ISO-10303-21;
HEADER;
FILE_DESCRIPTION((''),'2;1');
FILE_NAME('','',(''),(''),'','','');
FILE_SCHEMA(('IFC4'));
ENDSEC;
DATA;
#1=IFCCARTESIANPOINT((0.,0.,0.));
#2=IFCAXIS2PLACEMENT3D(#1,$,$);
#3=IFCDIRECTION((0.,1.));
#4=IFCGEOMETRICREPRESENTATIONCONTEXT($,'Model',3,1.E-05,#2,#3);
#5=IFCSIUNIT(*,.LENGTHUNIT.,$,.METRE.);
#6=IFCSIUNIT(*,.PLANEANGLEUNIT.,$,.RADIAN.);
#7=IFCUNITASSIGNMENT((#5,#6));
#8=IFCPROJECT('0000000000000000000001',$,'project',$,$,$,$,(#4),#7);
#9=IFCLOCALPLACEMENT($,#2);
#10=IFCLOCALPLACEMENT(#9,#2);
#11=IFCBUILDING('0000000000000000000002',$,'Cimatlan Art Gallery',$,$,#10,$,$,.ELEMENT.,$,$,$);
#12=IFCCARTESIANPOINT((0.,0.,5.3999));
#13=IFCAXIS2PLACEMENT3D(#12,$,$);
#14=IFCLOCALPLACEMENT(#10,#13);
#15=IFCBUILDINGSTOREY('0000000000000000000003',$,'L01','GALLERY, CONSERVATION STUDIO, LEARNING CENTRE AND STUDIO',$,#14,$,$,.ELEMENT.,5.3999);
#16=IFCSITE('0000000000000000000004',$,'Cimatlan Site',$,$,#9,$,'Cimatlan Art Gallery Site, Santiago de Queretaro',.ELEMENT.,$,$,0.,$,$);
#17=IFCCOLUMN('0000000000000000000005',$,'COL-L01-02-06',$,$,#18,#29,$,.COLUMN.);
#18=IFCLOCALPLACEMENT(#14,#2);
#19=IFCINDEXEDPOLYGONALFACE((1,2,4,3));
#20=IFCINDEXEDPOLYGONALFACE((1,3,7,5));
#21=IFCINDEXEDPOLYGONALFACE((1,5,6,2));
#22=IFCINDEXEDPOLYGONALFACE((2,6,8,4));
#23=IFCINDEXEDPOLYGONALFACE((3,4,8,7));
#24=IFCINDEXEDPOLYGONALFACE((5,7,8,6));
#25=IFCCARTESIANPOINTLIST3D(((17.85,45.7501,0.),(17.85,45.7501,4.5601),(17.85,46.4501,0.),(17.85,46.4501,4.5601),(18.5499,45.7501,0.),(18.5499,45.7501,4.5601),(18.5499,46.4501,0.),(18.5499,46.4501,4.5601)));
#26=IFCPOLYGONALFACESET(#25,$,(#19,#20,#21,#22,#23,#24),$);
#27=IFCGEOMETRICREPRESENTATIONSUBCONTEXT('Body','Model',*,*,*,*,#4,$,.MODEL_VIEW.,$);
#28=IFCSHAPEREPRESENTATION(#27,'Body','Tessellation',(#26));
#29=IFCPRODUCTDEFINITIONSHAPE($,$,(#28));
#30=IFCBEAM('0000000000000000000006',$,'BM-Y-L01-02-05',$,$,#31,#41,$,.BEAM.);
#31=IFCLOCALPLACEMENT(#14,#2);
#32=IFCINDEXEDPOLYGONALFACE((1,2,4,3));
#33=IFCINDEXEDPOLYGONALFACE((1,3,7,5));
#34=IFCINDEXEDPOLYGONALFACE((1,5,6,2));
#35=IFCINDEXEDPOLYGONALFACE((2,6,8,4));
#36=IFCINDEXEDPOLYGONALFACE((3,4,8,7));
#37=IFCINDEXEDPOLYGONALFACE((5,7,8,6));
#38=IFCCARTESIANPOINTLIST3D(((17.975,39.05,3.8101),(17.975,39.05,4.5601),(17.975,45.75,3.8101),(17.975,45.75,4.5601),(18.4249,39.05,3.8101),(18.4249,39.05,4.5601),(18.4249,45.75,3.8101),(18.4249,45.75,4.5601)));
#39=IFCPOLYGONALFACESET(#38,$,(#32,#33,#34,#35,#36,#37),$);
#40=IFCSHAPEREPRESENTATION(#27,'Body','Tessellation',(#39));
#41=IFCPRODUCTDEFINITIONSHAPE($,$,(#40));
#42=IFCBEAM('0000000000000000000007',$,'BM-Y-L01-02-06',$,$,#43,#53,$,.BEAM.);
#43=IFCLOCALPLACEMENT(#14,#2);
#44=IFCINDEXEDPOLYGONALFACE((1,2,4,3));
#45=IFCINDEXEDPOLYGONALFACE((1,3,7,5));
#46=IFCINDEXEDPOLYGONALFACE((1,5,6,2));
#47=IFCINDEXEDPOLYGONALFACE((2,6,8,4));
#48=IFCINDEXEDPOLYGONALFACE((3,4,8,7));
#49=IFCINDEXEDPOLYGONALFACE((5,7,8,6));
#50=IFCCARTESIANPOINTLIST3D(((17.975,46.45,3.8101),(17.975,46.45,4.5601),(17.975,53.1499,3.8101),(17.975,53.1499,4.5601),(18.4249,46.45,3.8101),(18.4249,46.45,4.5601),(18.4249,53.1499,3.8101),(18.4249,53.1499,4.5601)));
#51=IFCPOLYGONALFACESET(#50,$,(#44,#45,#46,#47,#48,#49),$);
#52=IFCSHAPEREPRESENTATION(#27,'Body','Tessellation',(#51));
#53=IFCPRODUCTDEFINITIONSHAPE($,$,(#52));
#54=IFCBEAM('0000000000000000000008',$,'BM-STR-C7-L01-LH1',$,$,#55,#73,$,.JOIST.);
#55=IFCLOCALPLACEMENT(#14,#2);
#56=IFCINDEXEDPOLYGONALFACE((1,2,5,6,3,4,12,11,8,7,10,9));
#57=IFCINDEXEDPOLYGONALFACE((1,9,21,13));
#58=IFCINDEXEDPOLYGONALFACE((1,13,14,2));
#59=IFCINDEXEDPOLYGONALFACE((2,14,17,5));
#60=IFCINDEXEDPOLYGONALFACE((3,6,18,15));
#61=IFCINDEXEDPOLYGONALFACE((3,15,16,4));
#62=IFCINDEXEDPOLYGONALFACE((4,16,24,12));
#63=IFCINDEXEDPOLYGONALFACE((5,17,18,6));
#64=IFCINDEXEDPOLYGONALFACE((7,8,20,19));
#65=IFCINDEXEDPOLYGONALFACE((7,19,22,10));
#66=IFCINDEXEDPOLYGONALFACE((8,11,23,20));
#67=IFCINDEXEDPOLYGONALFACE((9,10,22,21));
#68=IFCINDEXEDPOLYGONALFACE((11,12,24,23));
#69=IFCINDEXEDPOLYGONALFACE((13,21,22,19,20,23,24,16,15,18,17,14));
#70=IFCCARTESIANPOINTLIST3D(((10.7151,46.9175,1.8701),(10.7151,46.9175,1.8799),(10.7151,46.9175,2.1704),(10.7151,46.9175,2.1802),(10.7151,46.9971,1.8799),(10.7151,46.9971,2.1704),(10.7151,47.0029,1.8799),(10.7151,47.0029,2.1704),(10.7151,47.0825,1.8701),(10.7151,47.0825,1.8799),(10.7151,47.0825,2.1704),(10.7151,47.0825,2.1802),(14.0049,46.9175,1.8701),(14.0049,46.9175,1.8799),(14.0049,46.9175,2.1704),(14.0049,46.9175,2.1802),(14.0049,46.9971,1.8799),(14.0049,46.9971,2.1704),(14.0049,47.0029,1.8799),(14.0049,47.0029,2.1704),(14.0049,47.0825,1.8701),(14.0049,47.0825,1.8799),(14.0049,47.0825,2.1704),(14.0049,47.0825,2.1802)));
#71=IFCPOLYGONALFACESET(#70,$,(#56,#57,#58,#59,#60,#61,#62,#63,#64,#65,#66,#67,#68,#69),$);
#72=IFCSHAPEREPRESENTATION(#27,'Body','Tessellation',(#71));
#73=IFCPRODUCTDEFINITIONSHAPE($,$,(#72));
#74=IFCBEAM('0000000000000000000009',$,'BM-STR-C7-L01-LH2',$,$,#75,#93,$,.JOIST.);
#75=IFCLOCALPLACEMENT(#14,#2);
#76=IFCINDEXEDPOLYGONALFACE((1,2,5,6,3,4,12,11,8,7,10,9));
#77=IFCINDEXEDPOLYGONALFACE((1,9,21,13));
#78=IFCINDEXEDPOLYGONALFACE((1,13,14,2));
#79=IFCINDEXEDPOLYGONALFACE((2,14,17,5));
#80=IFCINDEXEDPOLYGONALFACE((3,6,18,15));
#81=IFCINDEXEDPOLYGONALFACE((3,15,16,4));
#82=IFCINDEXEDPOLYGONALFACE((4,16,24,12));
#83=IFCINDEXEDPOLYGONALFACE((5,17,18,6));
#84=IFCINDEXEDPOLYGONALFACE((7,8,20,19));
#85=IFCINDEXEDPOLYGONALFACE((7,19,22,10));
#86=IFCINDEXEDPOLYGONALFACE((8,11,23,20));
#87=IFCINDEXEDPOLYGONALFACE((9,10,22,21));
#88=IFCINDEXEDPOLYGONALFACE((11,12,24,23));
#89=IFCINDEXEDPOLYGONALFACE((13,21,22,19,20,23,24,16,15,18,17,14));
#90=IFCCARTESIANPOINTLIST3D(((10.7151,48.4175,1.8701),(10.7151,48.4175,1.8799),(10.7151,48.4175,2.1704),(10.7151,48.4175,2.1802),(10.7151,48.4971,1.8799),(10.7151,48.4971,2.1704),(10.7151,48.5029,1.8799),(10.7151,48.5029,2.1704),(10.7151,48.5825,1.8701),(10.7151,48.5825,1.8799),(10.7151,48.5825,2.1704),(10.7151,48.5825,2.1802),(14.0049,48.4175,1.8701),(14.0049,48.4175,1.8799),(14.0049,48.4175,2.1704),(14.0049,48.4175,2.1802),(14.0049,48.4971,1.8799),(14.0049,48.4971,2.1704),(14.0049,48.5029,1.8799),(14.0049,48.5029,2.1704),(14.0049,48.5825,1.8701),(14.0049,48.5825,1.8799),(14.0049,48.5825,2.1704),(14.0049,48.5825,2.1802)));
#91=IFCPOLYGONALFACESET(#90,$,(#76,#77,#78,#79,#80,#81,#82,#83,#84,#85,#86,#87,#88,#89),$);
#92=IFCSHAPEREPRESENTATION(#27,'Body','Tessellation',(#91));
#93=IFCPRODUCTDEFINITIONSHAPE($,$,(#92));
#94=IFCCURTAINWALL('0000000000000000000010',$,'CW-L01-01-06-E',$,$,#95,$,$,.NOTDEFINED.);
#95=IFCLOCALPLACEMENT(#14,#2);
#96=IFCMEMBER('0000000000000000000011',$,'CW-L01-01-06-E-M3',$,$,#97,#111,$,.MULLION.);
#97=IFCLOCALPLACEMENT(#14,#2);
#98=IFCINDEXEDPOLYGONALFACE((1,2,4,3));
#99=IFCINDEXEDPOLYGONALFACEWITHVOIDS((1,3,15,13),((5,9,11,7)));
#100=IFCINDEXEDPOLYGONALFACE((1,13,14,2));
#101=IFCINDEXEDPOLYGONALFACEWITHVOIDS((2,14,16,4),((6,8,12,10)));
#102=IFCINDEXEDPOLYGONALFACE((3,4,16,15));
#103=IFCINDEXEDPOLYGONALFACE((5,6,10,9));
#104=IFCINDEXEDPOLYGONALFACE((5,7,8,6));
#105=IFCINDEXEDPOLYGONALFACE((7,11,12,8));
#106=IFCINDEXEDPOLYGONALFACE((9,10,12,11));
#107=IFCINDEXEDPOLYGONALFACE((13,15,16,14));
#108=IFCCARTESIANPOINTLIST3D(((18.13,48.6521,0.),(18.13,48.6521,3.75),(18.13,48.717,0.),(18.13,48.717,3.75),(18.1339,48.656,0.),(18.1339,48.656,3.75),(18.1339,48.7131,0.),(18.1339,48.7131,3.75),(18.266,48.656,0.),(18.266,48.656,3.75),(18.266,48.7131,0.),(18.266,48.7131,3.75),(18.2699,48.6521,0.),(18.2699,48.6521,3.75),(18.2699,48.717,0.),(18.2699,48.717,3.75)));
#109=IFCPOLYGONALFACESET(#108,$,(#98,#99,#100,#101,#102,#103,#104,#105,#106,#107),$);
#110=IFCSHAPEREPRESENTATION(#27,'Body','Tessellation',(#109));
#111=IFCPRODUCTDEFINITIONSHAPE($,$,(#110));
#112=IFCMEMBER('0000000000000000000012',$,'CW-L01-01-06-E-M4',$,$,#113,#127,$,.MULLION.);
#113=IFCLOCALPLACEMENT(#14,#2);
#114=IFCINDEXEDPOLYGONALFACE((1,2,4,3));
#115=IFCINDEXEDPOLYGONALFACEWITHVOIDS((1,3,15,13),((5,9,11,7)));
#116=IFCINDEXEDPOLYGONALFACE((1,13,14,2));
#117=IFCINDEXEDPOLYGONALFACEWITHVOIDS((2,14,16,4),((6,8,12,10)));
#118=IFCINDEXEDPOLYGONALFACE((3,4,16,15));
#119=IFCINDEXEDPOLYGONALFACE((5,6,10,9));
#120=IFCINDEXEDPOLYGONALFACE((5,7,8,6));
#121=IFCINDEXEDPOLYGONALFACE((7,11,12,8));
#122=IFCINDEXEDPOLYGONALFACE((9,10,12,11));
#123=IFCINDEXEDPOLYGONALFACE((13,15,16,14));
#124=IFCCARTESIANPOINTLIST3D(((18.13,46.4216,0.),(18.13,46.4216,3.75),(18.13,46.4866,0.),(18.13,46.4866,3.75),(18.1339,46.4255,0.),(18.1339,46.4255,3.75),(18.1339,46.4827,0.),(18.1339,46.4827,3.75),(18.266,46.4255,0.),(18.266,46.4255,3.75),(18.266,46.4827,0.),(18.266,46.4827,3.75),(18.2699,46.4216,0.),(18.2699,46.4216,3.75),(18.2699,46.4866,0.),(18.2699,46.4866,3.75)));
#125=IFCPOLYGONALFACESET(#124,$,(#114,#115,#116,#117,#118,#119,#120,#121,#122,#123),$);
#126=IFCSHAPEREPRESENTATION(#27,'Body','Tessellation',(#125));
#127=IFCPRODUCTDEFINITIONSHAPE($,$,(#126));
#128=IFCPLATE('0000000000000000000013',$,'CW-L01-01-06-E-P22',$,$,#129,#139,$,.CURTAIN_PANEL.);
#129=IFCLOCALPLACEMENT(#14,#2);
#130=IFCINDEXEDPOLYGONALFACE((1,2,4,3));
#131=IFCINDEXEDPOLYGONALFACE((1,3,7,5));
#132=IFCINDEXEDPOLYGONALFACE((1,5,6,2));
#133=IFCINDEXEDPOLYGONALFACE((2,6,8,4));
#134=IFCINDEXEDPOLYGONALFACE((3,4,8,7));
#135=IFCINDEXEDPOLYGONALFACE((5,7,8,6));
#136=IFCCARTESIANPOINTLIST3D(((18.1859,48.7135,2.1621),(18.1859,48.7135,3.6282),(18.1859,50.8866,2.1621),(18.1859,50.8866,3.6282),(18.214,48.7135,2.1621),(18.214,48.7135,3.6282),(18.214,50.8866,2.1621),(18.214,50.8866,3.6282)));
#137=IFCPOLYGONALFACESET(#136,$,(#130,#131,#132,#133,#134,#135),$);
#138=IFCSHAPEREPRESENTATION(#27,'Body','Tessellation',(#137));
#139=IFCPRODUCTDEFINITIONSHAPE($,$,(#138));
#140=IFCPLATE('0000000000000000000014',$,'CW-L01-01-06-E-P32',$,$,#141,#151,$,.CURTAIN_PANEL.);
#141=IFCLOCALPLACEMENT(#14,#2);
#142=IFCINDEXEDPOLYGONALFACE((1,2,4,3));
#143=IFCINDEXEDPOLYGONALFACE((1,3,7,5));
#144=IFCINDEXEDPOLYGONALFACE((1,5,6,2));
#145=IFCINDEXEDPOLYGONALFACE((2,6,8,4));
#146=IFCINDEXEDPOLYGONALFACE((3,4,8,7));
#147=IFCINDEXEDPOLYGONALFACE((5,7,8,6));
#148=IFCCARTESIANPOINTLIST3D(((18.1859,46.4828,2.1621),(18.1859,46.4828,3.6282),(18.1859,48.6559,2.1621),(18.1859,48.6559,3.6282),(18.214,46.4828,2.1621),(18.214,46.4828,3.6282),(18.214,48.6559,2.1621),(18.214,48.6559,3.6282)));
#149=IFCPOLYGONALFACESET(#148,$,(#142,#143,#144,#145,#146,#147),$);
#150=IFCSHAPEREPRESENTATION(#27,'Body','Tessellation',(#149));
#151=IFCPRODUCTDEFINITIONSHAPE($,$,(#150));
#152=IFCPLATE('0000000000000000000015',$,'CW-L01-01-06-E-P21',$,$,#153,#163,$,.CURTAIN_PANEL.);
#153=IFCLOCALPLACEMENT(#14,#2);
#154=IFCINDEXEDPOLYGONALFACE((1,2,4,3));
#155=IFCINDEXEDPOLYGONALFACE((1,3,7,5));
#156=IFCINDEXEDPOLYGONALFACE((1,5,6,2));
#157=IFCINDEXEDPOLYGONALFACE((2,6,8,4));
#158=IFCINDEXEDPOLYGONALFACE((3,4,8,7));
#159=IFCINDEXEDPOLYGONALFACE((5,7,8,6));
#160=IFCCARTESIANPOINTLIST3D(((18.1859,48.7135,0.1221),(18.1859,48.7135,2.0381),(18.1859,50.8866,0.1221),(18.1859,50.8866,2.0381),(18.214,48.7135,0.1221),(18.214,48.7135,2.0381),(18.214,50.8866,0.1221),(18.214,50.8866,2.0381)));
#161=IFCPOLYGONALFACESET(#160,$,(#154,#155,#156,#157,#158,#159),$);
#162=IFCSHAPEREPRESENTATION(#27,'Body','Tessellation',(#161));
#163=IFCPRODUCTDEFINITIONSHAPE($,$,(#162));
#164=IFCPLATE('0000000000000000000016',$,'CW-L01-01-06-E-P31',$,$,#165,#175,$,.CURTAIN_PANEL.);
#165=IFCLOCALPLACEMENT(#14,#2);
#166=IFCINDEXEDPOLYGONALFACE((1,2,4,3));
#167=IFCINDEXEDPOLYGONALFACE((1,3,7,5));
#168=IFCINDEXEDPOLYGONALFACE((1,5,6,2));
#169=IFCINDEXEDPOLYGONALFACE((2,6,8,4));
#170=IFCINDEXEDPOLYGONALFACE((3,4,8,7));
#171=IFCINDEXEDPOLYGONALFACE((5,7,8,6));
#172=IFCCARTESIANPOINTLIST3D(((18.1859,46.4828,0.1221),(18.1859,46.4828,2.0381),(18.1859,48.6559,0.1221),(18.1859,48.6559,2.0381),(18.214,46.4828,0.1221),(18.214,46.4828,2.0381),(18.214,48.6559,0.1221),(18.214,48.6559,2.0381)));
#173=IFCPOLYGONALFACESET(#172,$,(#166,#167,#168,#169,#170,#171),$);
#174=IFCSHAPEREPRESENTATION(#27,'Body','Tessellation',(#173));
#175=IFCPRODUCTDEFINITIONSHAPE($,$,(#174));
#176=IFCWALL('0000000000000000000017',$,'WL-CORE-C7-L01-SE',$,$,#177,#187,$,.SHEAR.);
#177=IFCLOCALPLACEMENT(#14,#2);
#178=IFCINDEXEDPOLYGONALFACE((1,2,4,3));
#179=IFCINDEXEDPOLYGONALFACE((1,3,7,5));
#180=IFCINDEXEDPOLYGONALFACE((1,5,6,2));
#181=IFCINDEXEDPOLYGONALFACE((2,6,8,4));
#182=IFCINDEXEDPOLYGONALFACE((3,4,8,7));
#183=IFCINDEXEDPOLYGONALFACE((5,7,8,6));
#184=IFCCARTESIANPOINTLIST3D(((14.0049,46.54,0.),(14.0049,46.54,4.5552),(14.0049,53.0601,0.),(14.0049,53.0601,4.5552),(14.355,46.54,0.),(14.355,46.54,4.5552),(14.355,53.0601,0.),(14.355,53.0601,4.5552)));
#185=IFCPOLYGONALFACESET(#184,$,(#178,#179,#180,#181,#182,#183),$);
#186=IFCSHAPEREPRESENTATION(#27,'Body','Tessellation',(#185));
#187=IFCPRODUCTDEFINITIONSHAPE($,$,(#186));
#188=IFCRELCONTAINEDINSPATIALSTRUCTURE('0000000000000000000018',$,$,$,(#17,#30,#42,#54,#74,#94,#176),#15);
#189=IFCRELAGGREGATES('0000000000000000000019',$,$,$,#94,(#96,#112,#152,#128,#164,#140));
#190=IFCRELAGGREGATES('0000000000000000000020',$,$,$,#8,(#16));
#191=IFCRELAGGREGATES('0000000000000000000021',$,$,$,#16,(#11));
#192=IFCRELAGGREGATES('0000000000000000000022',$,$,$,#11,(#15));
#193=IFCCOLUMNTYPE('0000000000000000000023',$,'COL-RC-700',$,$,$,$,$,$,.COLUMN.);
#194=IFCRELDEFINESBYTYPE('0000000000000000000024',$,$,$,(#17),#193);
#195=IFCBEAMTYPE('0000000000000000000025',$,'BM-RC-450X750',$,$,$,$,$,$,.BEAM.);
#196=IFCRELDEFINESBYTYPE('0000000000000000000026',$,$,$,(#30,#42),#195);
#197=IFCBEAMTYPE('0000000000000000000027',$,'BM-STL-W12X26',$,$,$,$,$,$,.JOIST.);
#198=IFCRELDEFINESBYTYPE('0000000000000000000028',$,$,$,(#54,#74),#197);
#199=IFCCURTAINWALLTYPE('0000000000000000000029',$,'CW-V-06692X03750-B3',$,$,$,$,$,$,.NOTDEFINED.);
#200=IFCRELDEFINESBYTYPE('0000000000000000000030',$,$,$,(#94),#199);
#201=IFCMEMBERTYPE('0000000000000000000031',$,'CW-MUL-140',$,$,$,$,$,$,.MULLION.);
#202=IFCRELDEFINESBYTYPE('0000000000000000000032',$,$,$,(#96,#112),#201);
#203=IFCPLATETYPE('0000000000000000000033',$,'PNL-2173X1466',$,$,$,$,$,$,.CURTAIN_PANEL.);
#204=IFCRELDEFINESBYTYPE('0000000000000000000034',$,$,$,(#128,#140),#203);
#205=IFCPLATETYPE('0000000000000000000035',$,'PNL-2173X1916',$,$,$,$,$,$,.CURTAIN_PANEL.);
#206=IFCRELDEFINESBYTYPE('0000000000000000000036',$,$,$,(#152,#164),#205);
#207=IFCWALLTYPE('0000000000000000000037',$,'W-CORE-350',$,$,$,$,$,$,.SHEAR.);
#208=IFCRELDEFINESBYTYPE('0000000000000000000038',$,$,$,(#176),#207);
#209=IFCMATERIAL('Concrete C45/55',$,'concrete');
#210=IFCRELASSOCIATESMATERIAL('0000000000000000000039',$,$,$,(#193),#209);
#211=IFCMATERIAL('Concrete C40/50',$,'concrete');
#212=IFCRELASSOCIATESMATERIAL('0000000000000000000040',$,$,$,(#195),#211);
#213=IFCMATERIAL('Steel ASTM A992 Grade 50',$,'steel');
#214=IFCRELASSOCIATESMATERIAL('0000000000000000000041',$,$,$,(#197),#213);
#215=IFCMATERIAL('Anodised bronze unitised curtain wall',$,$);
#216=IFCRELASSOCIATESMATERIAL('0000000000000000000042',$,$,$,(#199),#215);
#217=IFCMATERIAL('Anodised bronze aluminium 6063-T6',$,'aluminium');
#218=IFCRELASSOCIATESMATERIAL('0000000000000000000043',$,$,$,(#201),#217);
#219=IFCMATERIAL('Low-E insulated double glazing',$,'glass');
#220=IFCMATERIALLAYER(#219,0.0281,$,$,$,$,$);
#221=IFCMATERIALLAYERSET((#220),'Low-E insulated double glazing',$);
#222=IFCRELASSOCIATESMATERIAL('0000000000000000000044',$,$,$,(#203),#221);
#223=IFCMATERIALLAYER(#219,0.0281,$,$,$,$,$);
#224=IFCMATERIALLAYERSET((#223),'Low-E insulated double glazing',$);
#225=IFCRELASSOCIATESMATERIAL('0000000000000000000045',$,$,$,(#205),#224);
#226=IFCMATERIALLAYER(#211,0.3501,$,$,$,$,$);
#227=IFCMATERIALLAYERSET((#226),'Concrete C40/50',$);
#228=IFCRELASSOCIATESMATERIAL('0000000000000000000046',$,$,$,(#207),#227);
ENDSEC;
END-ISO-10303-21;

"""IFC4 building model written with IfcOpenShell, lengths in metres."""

from ifc_helpers import new_model, si_unit, direction, frame, frame_2d, origin, origin_2d, place, context, subcontext, project, spatial, rectangle, hollow_rectangle, i_section, extrude, material, layer, layer_set, material_profile, profile_set, type_object, element, aggregate, save


model = new_model("IFC4")

# Units and contexts
model_context = context("Model", 3, precision=1e-05, world=origin(), true_north=direction((0.0, 1.0)))
body_context = subcontext(model_context, "Body", "Model", "MODEL_VIEW")
ifc_project = project(units=[si_unit("LENGTHUNIT", "METRE"), si_unit("PLANEANGLEUNIT", "RADIAN")], contexts=[model_context])

# Site, building, storey
site_placement = place(None, origin())
site = spatial("IfcSite", under=ifc_project, at=site_placement, Name="Cimatlan Site", LongName="Cimatlan Art Gallery Site, Santiago de Queretaro", CompositionType="ELEMENT", RefElevation=0.0)
building_placement = place(site_placement, origin())
building = spatial("IfcBuilding", under=site, at=building_placement, Name="Cimatlan Art Gallery", CompositionType="ELEMENT")
storey_placement = place(building_placement, frame((0.0, 0.0, 5.3999)))
storey = spatial("IfcBuildingStorey", under=building, at=storey_placement, Name="L01", Description="GALLERY, CONSERVATION STUDIO, LEARNING CENTRE AND STUDIO", CompositionType="ELEMENT", Elevation=5.3999)

# Column
ifc_material_1 = material(Name="Concrete C45/55", Category="concrete")
ifc_material_profile_1 = material_profile(ifc_material_1, rectangle(XDim=0.7, YDim=0.7, at=origin_2d()), Name="RC700X700")
ifc_profile_set_1 = profile_set([ifc_material_profile_1], Name="Concrete C45/55")
column_type = type_object("IfcColumnType", Name="COL-RC-700", PredefinedType="COLUMN", material=ifc_profile_set_1)
column_placement = place(storey_placement, frame((18.2, 46.1001, 0.0), z_axis=(0.0, 0.0, 1.0), x_axis=(1.0, 0.0, 0.0)))
element("IfcColumn", 1, at=column_placement, inside=storey, type_object=column_type, Name="COL-L01-02-06", PredefinedType="COLUMN", context=body_context, shape_type="SweptSolid", body=[
    extrude(rectangle(XDim=0.7, YDim=0.7, at=origin_2d()), origin(), (0.0, 0.0, 1.0), 4.5601),
])

# Beams
ifc_material_2 = material(Name="Concrete C40/50", Category="concrete")
ifc_material_profile_2 = material_profile(ifc_material_2, rectangle(XDim=0.45, YDim=0.75, at=origin_2d()), Name="RC450X750")
ifc_profile_set_2 = profile_set([ifc_material_profile_2], Name="Concrete C40/50")
beam_type_1 = type_object("IfcBeamType", Name="BM-RC-450X750", PredefinedType="BEAM", material=ifc_profile_set_2)
for number, where, z_axis, x_axis, name in (
    (2, (18.2, 39.05, 4.1851), (0.0, 1.0, 0.0), (-1.0, 0.0, 0.0), "BM-Y-L01-02-05"),
    (3, (18.2, 46.45, 4.1851), (0.0, 1.0, 0.0), (-1.0, 0.0, 0.0), "BM-Y-L01-02-06"),
):
    element("IfcBeam", number, at=place(storey_placement, frame(where, z_axis=z_axis, x_axis=x_axis)), inside=storey, type_object=beam_type_1, Name=name, PredefinedType="BEAM", context=body_context, shape_type="SweptSolid", body=[
        extrude(rectangle(XDim=0.45, YDim=0.75, at=origin_2d()), origin(), (0.0, 0.0, 1.0), 6.7),
    ])
ifc_material_3 = material(Name="Steel ASTM A992 Grade 50", Category="steel")
ifc_material_profile_3 = material_profile(ifc_material_3, i_section(OverallWidth=0.165, OverallDepth=0.3101, WebThickness=0.0059, FlangeThickness=0.0098, at=origin_2d()), Name="W12X26")
ifc_profile_set_3 = profile_set([ifc_material_profile_3], Name="Steel ASTM A992 Grade 50")
beam_type_2 = type_object("IfcBeamType", Name="BM-STL-W12X26", PredefinedType="JOIST", material=ifc_profile_set_3)
for number, where, z_axis, x_axis, name in (
    (4, (10.7151, 47.0, 2.0251), (1.0, 0.0, 0.0), (0.0, 1.0, 0.0), "BM-STR-C7-L01-LH1"),
    (5, (10.7151, 48.5, 2.0251), (1.0, 0.0, 0.0), (0.0, 1.0, 0.0), "BM-STR-C7-L01-LH2"),
):
    element("IfcBeam", number, at=place(storey_placement, frame(where, z_axis=z_axis, x_axis=x_axis)), inside=storey, type_object=beam_type_2, Name=name, PredefinedType="JOIST", context=body_context, shape_type="SweptSolid", body=[
        extrude(i_section(OverallWidth=0.165, OverallDepth=0.3101, WebThickness=0.0059, FlangeThickness=0.0098, at=origin_2d()), origin(), (0.0, 0.0, 1.0), 3.2898),
    ])

# Curtain wall, members, plates
ifc_material_4 = material(Name="Anodised bronze unitised curtain wall")
curtain_wall_type = type_object("IfcCurtainWallType", Name="CW-V-06692X03750-B3", PredefinedType="NOTDEFINED", material=ifc_material_4)
curtain_wall_placement = place(storey_placement, origin())
curtain_wall = element("IfcCurtainWall", 6, at=curtain_wall_placement, inside=storey, type_object=curtain_wall_type, Name="CW-L01-01-06-E", PredefinedType="NOTDEFINED")
ifc_material_5 = material(Name="Anodised bronze aluminium 6063-T6", Category="aluminium")
ifc_material_profile_4 = material_profile(ifc_material_5, hollow_rectangle(XDim=0.0649, YDim=0.1399, WallThickness=0.0039, at=origin_2d()), Name="ALU65X140X4")
ifc_profile_set_4 = profile_set([ifc_material_profile_4], Name="Anodised bronze aluminium 6063-T6")
member_type = type_object("IfcMemberType", Name="CW-MUL-140", PredefinedType="MULLION", material=ifc_profile_set_4)
member_1_placement = place(storey_placement, frame((18.2, 48.6846, 0.0), z_axis=(0.0, 0.0, 1.0), x_axis=(0.0, 1.0, 0.0)))
member_1 = element("IfcMember", 7, at=member_1_placement, type_object=member_type, Name="CW-L01-01-06-E-M3", PredefinedType="MULLION", context=body_context, shape_type="SweptSolid", body=[
    extrude(hollow_rectangle(XDim=0.0649, YDim=0.1399, WallThickness=0.0039, at=origin_2d()), origin(), (0.0, 0.0, 1.0), 3.75),
])
member_2_placement = place(storey_placement, frame((18.2, 46.4541, 0.0), z_axis=(0.0, 0.0, 1.0), x_axis=(0.0, 1.0, 0.0)))
member_2 = element("IfcMember", 8, at=member_2_placement, type_object=member_type, Name="CW-L01-01-06-E-M4", PredefinedType="MULLION", context=body_context, shape_type="SweptSolid", body=[
    extrude(hollow_rectangle(XDim=0.0649, YDim=0.1399, WallThickness=0.0039, at=origin_2d()), origin(), (0.0, 0.0, 1.0), 3.75),
])
ifc_material_6 = material(Name="Low-E insulated double glazing", Category="glass")
ifc_layer_1 = layer(ifc_material_6, 0.0281)
ifc_layer_set_1 = layer_set([ifc_layer_1], Name="Low-E insulated double glazing")
plate_type_1 = type_object("IfcPlateType", Name="PNL-2173X1466", PredefinedType="CURTAIN_PANEL", material=ifc_layer_set_1)
plate_1_placement = place(storey_placement, frame((18.2, 49.8, 2.1621), z_axis=(0.0, 0.0, 1.0), x_axis=(0.0, -1.0, 0.0)))
plate_1 = element("IfcPlate", 9, at=plate_1_placement, type_object=plate_type_1, Name="CW-L01-01-06-E-P22", PredefinedType="CURTAIN_PANEL", context=body_context, shape_type="SweptSolid", body=[
    extrude(rectangle(XDim=2.1731, YDim=0.0281, at=origin_2d()), origin(), (0.0, 0.0, 1.0), 1.4661),
])
plate_2_placement = place(storey_placement, frame((18.2, 47.5693, 2.1621), z_axis=(0.0, 0.0, 1.0), x_axis=(0.0, -1.0, 0.0)))
plate_2 = element("IfcPlate", 10, at=plate_2_placement, type_object=plate_type_1, Name="CW-L01-01-06-E-P32", PredefinedType="CURTAIN_PANEL", context=body_context, shape_type="SweptSolid", body=[
    extrude(rectangle(XDim=2.1731, YDim=0.0281, at=origin_2d()), origin(), (0.0, 0.0, 1.0), 1.4661),
])
ifc_layer_2 = layer(ifc_material_6, 0.0281)
ifc_layer_set_2 = layer_set([ifc_layer_2], Name="Low-E insulated double glazing")
plate_type_2 = type_object("IfcPlateType", Name="PNL-2173X1916", PredefinedType="CURTAIN_PANEL", material=ifc_layer_set_2)
plate_3_placement = place(storey_placement, frame((18.2, 49.8, 0.1221), z_axis=(0.0, 0.0, 1.0), x_axis=(0.0, -1.0, 0.0)))
plate_3 = element("IfcPlate", 11, at=plate_3_placement, type_object=plate_type_2, Name="CW-L01-01-06-E-P21", PredefinedType="CURTAIN_PANEL", context=body_context, shape_type="SweptSolid", body=[
    extrude(rectangle(XDim=2.1731, YDim=0.0281, at=origin_2d()), origin(), (0.0, 0.0, 1.0), 1.916),
])
plate_4_placement = place(storey_placement, frame((18.2, 47.5693, 0.1221), z_axis=(0.0, 0.0, 1.0), x_axis=(0.0, -1.0, 0.0)))
plate_4 = element("IfcPlate", 12, at=plate_4_placement, type_object=plate_type_2, Name="CW-L01-01-06-E-P31", PredefinedType="CURTAIN_PANEL", context=body_context, shape_type="SweptSolid", body=[
    extrude(rectangle(XDim=2.1731, YDim=0.0281, at=origin_2d()), origin(), (0.0, 0.0, 1.0), 1.916),
])
aggregate(curtain_wall, [member_1, member_2, plate_3, plate_1, plate_4, plate_2])

# Wall
ifc_layer_3 = layer(ifc_material_2, 0.3501)
ifc_layer_set_3 = layer_set([ifc_layer_3], Name="Concrete C40/50")
wall_type_1 = type_object("IfcWallType", Name="W-CORE-350", PredefinedType="SHEAR", material=ifc_layer_set_3)
wall_1_placement = place(storey_placement, frame((14.1799, 46.54, 0.0), z_axis=(0.0, 0.0, 1.0), x_axis=(0.0, 1.0, 0.0)))
element("IfcWall", 13, at=wall_1_placement, inside=storey, type_object=wall_type_1, Name="WL-CORE-C7-L01-SE", PredefinedType="SHEAR", context=body_context, shape_type="SweptSolid", body=[
    extrude(rectangle(XDim=6.52, YDim=0.3501, at=frame_2d((3.26, 0.0))), origin(), (0.0, 0.0, 1.0), 4.5552),
])

save(model, "model.ifc")
